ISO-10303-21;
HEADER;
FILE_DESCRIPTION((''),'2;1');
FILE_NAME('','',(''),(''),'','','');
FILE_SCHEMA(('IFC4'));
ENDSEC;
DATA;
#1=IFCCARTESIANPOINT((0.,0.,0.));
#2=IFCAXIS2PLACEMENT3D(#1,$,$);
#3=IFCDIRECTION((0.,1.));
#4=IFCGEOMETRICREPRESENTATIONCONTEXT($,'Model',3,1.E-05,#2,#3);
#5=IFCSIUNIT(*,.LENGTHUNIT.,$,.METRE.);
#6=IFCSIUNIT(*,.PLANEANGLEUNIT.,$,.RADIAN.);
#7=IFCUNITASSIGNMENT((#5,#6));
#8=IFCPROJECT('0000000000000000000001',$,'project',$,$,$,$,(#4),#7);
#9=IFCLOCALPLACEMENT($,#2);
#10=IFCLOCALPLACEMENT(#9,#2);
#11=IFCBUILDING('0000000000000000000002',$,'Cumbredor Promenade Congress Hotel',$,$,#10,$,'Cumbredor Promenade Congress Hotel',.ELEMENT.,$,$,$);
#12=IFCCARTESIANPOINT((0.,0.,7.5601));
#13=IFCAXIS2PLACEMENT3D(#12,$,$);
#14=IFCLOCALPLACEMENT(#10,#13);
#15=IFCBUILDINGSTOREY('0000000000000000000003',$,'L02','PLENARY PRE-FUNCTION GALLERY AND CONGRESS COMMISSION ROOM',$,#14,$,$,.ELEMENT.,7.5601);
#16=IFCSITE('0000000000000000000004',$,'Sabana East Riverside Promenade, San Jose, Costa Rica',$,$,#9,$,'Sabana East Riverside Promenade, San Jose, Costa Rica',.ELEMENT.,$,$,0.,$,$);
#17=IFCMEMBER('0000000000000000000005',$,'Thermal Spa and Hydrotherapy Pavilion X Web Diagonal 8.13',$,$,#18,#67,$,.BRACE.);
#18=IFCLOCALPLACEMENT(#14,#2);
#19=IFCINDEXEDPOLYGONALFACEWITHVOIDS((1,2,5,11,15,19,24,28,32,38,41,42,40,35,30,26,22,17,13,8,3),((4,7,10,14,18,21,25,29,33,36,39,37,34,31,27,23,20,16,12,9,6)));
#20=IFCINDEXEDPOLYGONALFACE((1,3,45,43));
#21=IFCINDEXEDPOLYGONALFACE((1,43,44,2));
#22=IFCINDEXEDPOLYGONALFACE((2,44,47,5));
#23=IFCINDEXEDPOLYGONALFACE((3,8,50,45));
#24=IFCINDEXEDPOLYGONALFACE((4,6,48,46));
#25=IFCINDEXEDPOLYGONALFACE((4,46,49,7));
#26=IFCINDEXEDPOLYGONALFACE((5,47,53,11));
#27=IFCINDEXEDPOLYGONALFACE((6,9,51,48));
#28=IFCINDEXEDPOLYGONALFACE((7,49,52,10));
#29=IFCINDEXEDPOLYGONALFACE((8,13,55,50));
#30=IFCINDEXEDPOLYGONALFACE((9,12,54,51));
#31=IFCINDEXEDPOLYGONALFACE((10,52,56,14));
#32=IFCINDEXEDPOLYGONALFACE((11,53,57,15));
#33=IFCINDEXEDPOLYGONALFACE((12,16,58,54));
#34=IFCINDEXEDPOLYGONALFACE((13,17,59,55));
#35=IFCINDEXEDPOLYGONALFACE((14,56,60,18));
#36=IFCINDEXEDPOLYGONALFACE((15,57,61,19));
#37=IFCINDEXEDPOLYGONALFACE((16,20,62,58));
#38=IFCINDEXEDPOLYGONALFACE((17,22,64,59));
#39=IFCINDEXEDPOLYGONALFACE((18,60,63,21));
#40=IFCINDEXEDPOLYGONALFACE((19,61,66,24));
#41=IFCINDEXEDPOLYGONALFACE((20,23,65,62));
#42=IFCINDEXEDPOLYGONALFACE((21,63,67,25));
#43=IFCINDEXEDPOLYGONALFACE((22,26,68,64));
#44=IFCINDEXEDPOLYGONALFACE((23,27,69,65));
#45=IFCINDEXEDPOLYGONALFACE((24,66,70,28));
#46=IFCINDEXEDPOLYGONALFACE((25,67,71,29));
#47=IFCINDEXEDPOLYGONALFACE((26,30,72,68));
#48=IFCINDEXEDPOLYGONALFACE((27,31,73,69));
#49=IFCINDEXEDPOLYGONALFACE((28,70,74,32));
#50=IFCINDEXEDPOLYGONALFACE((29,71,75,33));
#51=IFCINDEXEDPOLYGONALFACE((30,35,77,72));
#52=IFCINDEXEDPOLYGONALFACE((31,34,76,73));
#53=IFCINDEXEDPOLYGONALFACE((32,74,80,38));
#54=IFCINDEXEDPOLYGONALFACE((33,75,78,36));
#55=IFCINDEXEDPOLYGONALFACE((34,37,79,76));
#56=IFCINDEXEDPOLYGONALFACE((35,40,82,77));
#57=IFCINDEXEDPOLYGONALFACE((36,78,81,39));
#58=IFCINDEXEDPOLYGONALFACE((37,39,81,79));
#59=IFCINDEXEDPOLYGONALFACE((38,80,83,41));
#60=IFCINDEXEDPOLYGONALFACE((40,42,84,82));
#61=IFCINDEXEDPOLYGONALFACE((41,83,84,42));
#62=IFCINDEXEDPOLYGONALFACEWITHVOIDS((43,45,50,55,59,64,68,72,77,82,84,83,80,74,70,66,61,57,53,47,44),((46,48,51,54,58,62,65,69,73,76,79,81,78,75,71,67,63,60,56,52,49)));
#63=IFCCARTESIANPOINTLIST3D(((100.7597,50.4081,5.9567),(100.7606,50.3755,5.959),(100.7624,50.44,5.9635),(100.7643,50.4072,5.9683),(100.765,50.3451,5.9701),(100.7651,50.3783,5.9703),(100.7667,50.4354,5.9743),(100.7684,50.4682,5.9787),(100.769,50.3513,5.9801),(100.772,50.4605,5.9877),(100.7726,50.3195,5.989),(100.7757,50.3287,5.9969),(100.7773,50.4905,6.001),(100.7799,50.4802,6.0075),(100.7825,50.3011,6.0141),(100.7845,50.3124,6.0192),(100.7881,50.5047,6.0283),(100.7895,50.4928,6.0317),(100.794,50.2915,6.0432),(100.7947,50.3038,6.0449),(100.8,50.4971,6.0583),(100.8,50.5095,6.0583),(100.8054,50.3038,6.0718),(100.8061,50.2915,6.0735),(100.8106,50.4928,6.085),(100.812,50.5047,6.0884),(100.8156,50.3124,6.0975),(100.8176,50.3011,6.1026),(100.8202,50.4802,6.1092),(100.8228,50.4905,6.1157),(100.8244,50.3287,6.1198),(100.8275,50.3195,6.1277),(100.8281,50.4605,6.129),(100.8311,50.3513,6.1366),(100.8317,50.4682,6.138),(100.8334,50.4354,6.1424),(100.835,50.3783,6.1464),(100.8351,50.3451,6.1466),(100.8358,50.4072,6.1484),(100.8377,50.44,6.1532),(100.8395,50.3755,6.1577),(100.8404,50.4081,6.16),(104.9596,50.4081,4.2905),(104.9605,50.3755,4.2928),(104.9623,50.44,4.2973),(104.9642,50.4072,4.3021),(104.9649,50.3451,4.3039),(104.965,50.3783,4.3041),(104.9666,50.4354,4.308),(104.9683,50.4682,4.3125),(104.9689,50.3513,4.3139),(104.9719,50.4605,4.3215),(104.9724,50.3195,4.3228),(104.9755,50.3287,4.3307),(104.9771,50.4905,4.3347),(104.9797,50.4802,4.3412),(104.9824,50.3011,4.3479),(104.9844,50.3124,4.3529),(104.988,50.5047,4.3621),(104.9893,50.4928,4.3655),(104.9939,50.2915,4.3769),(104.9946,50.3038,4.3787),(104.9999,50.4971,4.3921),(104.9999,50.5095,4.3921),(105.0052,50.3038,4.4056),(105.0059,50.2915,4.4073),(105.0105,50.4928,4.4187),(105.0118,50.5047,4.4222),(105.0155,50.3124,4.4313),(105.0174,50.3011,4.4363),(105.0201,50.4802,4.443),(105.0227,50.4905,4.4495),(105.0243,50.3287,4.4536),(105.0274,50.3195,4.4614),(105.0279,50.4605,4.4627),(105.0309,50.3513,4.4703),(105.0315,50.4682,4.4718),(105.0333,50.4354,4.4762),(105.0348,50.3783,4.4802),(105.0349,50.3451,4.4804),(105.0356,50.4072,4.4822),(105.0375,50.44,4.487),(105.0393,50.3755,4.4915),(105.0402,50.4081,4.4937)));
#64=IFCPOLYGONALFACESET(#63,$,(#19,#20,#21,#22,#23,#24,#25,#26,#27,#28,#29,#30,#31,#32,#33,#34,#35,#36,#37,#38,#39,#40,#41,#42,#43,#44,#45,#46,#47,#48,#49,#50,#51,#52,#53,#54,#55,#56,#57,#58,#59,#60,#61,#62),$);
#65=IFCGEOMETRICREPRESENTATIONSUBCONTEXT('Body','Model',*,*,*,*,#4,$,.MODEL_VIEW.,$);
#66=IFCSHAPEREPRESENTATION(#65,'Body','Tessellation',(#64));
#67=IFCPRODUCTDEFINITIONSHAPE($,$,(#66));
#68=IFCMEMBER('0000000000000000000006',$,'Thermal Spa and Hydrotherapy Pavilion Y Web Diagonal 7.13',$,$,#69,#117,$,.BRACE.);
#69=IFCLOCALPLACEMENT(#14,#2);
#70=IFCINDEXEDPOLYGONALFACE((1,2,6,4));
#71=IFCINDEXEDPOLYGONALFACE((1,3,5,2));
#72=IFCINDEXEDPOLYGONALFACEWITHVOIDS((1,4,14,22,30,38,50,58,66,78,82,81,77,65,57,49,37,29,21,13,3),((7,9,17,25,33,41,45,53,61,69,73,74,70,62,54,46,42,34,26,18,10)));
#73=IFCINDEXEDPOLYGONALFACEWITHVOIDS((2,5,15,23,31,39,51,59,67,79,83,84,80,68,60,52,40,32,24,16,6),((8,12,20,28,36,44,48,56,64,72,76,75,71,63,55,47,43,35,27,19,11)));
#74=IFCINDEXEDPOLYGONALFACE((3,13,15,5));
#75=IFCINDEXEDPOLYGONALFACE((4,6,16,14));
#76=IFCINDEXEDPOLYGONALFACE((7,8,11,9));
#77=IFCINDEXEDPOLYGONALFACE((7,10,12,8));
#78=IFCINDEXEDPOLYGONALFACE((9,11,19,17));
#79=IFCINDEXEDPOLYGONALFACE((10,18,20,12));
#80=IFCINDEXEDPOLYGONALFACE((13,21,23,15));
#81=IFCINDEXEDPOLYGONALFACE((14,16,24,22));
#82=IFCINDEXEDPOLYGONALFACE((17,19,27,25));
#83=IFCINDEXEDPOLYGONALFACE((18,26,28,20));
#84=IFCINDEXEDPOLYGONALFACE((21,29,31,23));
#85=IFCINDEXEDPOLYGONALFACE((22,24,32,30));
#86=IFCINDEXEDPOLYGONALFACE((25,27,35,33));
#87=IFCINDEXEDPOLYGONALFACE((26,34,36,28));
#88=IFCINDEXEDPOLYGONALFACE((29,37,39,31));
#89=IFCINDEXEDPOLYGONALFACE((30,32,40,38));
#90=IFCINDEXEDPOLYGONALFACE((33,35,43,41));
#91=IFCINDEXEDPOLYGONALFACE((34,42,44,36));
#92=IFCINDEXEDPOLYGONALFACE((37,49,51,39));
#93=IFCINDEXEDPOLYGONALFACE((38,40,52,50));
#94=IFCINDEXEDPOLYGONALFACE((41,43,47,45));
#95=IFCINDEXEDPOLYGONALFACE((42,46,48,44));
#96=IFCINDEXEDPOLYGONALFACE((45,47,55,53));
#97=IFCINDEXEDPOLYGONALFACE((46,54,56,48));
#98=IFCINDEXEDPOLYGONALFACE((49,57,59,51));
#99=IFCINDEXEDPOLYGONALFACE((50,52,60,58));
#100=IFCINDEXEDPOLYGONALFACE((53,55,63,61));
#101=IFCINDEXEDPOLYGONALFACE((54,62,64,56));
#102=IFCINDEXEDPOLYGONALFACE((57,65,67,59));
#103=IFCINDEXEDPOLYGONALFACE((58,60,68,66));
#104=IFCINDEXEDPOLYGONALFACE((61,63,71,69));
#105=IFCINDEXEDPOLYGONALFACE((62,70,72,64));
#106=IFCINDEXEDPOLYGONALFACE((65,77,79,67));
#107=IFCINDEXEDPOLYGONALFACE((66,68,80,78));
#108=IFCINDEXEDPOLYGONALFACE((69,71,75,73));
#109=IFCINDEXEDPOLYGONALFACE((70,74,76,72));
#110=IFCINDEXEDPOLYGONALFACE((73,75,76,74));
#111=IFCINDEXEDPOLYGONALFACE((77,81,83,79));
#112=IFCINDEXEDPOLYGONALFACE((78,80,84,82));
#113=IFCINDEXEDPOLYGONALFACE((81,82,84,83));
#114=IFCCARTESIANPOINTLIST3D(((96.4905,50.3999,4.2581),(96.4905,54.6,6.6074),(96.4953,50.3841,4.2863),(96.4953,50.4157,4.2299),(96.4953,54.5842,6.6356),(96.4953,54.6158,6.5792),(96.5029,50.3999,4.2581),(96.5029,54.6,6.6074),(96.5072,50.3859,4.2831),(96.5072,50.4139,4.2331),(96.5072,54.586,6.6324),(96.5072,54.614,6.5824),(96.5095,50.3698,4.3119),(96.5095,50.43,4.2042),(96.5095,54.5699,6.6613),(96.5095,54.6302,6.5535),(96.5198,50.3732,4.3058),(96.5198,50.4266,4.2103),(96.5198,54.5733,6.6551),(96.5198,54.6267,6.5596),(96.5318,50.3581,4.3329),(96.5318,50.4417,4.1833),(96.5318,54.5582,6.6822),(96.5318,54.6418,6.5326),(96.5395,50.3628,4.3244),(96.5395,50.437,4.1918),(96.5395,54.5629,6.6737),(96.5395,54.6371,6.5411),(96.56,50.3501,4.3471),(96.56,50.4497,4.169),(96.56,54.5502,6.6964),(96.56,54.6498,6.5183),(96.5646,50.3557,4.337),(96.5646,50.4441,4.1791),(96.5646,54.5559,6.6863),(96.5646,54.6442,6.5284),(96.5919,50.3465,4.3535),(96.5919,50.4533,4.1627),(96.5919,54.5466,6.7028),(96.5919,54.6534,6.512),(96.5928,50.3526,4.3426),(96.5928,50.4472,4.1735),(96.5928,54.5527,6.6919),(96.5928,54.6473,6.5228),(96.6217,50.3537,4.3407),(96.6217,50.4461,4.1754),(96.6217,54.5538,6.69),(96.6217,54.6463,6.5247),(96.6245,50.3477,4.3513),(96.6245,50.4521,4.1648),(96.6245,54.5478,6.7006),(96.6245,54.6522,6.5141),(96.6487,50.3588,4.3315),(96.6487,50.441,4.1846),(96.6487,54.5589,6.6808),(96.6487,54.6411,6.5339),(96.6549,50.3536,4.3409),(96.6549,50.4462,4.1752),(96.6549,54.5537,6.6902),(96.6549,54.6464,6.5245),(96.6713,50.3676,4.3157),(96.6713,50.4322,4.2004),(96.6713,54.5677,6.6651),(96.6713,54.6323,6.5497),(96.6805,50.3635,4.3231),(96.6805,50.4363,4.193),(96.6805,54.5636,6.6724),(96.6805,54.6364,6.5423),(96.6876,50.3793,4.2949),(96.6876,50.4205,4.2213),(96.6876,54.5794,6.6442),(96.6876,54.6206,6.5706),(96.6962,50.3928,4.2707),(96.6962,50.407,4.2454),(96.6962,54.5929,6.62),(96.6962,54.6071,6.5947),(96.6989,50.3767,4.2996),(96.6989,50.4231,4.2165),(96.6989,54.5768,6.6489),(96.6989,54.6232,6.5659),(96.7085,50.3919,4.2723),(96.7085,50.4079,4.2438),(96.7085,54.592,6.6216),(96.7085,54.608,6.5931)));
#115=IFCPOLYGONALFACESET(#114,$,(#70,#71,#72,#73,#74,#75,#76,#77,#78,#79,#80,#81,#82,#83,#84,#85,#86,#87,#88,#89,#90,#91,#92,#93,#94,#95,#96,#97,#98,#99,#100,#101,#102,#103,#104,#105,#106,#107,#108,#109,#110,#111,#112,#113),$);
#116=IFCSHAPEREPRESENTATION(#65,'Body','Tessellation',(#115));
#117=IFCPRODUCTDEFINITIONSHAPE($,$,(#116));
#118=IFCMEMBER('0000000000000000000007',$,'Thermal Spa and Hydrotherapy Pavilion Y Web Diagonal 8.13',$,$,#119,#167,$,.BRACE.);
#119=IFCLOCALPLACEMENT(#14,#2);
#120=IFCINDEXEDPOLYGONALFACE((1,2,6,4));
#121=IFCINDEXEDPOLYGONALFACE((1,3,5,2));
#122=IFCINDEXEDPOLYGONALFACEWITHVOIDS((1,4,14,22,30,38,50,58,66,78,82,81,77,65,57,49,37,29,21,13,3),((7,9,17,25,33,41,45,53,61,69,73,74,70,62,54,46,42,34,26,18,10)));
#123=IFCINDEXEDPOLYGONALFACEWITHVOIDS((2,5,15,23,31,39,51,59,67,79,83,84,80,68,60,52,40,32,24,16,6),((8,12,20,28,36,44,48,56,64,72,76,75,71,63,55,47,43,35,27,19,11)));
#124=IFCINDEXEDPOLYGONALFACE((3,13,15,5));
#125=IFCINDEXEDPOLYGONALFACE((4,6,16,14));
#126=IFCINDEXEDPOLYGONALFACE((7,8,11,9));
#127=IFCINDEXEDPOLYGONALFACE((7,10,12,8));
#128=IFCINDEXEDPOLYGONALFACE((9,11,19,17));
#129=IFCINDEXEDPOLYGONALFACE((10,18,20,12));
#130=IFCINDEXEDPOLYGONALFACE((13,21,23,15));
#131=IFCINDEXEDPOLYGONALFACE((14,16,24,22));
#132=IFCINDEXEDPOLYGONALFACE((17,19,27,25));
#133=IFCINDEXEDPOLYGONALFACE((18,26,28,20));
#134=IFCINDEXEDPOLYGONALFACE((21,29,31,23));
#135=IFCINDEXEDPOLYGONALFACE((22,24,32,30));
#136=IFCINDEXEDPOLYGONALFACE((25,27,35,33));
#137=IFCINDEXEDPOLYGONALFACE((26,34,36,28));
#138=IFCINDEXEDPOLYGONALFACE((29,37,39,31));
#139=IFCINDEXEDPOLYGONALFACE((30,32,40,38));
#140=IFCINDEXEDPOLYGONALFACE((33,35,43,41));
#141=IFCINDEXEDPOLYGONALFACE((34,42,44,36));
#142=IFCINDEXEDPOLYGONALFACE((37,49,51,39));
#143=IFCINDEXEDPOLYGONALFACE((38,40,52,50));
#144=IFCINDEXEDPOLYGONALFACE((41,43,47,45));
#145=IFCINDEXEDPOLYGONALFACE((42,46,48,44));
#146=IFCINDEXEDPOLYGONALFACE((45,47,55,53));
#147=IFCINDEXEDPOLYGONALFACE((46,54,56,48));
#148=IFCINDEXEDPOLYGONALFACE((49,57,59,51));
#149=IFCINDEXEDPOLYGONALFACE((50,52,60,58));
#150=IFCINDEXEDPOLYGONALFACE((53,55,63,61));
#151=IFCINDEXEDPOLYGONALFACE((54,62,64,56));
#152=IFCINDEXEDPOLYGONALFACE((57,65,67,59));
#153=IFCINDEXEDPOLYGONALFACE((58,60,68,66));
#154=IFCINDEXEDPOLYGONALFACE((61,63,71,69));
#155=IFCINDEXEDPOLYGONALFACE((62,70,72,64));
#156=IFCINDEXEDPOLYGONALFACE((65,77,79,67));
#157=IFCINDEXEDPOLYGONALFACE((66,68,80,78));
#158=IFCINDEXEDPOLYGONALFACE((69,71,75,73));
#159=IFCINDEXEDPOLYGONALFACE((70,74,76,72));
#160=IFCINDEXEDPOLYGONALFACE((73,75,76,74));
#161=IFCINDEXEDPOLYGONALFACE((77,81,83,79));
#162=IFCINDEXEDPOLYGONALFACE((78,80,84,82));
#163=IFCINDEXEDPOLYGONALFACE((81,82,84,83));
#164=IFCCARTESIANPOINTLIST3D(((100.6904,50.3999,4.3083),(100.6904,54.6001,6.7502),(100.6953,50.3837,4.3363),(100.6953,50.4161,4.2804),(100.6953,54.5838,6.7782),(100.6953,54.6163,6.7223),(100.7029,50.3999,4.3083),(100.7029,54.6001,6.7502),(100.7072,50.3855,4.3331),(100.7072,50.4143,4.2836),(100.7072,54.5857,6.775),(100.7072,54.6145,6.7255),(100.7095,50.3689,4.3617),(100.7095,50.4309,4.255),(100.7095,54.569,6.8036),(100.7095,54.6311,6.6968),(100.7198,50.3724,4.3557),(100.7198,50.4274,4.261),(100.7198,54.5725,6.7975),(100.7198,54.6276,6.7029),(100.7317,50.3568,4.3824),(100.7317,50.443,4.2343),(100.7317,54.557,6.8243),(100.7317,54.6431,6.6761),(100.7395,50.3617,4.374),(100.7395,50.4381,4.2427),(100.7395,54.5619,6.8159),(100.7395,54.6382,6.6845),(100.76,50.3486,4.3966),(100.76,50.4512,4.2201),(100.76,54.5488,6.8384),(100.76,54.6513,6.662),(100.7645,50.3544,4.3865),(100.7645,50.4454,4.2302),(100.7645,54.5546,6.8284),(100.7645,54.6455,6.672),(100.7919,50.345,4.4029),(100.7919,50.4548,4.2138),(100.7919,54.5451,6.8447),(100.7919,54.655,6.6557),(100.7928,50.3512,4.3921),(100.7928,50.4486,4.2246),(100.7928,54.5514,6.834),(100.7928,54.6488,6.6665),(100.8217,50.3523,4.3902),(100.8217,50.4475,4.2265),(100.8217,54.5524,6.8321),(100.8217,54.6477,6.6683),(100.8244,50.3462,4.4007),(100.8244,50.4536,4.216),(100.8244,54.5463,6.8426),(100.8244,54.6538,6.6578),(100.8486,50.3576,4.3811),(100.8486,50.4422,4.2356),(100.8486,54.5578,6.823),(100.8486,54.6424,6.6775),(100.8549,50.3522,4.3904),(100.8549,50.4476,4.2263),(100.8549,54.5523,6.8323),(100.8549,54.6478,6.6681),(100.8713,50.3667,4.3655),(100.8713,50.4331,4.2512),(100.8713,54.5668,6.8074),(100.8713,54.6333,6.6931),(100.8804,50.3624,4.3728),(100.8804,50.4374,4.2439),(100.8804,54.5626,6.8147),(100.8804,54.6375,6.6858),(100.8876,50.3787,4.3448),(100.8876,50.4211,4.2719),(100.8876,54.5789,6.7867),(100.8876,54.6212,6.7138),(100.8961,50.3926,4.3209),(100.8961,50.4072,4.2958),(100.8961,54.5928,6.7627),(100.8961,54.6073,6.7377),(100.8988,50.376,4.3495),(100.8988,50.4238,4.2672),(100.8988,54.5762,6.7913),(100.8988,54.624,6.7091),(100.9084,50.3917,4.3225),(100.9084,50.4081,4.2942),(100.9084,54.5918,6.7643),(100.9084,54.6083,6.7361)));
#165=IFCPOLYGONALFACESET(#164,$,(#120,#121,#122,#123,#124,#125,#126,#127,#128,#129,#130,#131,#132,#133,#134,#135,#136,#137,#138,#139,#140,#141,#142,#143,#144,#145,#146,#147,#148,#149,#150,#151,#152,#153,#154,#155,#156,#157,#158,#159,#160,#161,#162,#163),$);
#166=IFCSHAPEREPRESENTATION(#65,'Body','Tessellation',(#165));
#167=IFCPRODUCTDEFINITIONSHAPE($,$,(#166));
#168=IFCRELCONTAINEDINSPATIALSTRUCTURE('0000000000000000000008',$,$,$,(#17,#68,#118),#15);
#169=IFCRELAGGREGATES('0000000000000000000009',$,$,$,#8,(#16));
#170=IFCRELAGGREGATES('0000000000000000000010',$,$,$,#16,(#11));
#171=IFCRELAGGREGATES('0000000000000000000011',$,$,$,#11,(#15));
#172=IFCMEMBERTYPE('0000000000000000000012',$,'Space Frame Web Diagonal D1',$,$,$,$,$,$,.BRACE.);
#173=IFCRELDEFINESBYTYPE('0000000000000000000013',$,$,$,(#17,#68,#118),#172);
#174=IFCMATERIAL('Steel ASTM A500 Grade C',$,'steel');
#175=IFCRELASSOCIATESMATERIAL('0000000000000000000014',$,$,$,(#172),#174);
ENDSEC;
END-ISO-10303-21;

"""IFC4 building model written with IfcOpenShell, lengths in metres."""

from ifc_helpers import new_model, si_unit, direction, frame, origin, origin_2d, place, context, subcontext, project, spatial, hollow_circle, extrude, material, material_profile, profile_set, type_object, element, save


model = new_model("IFC4")

# Units and contexts
model_context = context("Model", 3, precision=1e-05, world=origin(), true_north=direction((0.0, 1.0)))
body_context = subcontext(model_context, "Body", "Model", "MODEL_VIEW")
ifc_project = project(units=[si_unit("LENGTHUNIT", "METRE"), si_unit("PLANEANGLEUNIT", "RADIAN")], contexts=[model_context])

# Site, building, storey
site_placement = place(None, origin())
site = spatial("IfcSite", under=ifc_project, at=site_placement, Name="Sabana East Riverside Promenade, San Jose, Costa Rica", LongName="Sabana East Riverside Promenade, San Jose, Costa Rica", CompositionType="ELEMENT", RefElevation=0.0)
building_placement = place(site_placement, origin())
building = spatial("IfcBuilding", under=site, at=building_placement, Name="Cumbredor Promenade Congress Hotel", LongName="Cumbredor Promenade Congress Hotel", CompositionType="ELEMENT")
storey_placement = place(building_placement, frame((0.0, 0.0, 7.5601)))
storey = spatial("IfcBuildingStorey", under=building, at=storey_placement, Name="L02", Description="PLENARY PRE-FUNCTION GALLERY AND CONGRESS COMMISSION ROOM", CompositionType="ELEMENT", Elevation=7.5601)

# Members
ifc_material_1 = material(Name="Steel ASTM A500 Grade C", Category="steel")
ifc_material_profile_1 = material_profile(ifc_material_1, hollow_circle(Radius=0.1096, WallThickness=0.0125, at=origin_2d()), Name="CHS 219.1x12.5")
ifc_profile_set_1 = profile_set([ifc_material_profile_1], Name="Steel ASTM A500 Grade C")
member_type_1 = type_object("IfcMemberType", Name="Space Frame Web Diagonal D1", PredefinedType="BRACE", material=ifc_profile_set_1)
member_1_placement = place(storey_placement, frame((100.8, 50.3999, 6.0583), z_axis=(0.92952, 0.0, -0.368771), x_axis=(0.0, 1.0, 0.0)))
element("IfcMember", 1, at=member_1_placement, inside=storey, type_object=member_type_1, Name="Thermal Spa and Hydrotherapy Pavilion X Web Diagonal 8.13", PredefinedType="BRACE", context=body_context, shape_type="SweptSolid", body=[
    extrude(hollow_circle(Radius=0.1096, WallThickness=0.0125, at=origin_2d()), origin(), (0.0, 0.0, 1.0), 4.5183),
])
member_2_placement = place(storey_placement, frame((96.6001, 50.3999, 4.2581), z_axis=(0.0, 0.872749, 0.488169), x_axis=(-1.0, 0.0, 0.0)))
element("IfcMember", 2, at=member_2_placement, inside=storey, type_object=member_type_1, Name="Thermal Spa and Hydrotherapy Pavilion Y Web Diagonal 7.13", PredefinedType="BRACE", context=body_context, shape_type="SweptSolid", body=[
    extrude(hollow_circle(Radius=0.1096, WallThickness=0.0125, at=origin_2d()), origin(), (0.0, 0.0, 1.0), 4.8125),
])
member_3_placement = place(storey_placement, frame((100.8, 50.3999, 4.3083), z_axis=(0.0, 0.864514, 0.502608), x_axis=(-1.0, 0.0, 0.0)))
element("IfcMember", 3, at=member_3_placement, inside=storey, type_object=member_type_1, Name="Thermal Spa and Hydrotherapy Pavilion Y Web Diagonal 8.13", PredefinedType="BRACE", context=body_context, shape_type="SweptSolid", body=[
    extrude(hollow_circle(Radius=0.1096, WallThickness=0.0125, at=origin_2d()), origin(), (0.0, 0.0, 1.0), 4.8584),
])

save(model, "model.ifc")
